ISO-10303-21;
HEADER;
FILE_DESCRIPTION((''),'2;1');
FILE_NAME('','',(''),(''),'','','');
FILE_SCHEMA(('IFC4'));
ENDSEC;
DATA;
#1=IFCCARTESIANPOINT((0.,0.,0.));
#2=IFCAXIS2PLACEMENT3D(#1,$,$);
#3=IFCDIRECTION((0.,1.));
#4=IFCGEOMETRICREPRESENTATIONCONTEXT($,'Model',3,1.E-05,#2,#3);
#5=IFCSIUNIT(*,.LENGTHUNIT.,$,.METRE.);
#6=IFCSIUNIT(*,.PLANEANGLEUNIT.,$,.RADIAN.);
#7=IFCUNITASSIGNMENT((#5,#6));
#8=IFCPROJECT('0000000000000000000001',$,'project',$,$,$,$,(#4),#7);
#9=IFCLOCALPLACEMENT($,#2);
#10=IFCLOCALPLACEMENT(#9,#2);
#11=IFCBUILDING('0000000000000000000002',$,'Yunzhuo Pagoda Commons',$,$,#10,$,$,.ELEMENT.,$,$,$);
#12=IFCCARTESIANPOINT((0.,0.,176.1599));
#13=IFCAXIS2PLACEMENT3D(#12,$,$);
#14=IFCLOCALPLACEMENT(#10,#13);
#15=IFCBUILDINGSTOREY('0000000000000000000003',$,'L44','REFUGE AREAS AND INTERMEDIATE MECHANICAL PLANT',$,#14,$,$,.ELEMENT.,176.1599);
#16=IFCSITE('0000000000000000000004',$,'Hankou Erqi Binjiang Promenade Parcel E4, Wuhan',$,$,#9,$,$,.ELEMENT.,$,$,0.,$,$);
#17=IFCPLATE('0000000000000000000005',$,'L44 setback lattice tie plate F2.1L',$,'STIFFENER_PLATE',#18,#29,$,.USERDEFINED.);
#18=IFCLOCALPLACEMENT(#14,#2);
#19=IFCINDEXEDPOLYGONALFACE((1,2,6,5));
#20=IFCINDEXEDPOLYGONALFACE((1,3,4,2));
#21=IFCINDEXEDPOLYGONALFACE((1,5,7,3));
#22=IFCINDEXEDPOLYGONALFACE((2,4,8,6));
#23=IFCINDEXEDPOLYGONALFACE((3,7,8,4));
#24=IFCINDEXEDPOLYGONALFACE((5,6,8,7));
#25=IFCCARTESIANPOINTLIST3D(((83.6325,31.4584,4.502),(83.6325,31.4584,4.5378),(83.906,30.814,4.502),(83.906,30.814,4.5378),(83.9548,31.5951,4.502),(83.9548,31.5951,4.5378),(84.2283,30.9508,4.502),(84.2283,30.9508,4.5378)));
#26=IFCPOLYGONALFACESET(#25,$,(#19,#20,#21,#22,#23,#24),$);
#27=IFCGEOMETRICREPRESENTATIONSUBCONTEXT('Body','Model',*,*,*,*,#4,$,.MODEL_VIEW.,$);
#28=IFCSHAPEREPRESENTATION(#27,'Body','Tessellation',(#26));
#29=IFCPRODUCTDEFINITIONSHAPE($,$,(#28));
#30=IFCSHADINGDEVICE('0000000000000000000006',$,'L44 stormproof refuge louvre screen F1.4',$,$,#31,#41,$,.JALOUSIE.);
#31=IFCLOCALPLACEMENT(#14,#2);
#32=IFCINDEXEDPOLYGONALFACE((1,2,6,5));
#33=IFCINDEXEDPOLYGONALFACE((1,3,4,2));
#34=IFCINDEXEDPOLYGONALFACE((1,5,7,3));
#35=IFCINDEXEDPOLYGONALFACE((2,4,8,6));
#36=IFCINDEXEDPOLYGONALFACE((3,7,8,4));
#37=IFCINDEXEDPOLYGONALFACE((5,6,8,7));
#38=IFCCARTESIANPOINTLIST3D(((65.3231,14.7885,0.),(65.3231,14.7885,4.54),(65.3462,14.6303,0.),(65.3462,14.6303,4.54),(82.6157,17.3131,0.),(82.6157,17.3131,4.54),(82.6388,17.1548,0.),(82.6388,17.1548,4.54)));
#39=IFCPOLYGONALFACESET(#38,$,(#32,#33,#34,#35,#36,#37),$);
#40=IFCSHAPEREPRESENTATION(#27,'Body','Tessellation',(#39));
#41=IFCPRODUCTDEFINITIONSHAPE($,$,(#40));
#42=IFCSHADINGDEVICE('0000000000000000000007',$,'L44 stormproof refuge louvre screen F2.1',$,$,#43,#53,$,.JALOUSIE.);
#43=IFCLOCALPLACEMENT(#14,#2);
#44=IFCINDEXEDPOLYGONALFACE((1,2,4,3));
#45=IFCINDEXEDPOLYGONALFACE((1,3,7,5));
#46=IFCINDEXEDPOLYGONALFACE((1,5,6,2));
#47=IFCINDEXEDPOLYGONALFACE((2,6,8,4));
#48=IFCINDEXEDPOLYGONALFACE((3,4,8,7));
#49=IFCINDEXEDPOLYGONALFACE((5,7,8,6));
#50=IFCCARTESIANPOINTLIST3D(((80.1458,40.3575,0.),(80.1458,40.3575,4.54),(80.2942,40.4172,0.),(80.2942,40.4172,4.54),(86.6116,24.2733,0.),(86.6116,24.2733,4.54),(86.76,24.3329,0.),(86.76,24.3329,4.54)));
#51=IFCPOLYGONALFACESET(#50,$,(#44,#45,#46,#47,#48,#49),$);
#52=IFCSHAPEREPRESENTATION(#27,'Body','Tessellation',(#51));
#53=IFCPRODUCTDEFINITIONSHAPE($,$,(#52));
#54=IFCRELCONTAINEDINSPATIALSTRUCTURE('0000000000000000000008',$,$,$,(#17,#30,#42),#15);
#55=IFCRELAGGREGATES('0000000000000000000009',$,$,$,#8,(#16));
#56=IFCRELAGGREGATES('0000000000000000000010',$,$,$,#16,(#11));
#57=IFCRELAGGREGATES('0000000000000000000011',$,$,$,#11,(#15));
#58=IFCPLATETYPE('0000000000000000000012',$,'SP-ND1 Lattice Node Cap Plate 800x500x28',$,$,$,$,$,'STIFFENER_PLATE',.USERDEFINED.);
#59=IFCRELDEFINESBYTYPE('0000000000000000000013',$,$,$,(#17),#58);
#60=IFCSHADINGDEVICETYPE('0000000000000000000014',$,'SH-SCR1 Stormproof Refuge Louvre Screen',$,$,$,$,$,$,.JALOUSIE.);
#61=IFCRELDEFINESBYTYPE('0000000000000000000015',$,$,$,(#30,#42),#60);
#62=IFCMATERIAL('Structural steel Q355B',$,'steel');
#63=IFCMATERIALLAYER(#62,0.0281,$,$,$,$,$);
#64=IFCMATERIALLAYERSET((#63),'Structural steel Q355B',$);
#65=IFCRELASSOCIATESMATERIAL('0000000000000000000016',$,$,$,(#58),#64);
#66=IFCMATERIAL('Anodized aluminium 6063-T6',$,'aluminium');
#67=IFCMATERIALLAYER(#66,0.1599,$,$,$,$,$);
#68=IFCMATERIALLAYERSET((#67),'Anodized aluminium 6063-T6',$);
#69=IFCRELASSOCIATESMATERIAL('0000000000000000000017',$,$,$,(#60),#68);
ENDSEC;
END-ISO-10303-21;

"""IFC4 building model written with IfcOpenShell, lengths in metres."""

from ifc_helpers import new_model, si_unit, direction, frame, origin, origin_2d, place, context, subcontext, project, spatial, rectangle, extrude, source, transform, mapped, material, layer, layer_set, type_object, element, save


model = new_model("IFC4")

# Units and contexts
model_context = context("Model", 3, precision=1e-05, world=origin(), true_north=direction((0.0, 1.0)))
body_context = subcontext(model_context, "Body", "Model", "MODEL_VIEW")
ifc_project = project(units=[si_unit("LENGTHUNIT", "METRE"), si_unit("PLANEANGLEUNIT", "RADIAN")], contexts=[model_context])

# Site, building, storey
site_placement = place(None, origin())
site = spatial("IfcSite", under=ifc_project, at=site_placement, Name="Hankou Erqi Binjiang Promenade Parcel E4, Wuhan", CompositionType="ELEMENT", RefElevation=0.0)
building_placement = place(site_placement, origin())
building = spatial("IfcBuilding", under=site, at=building_placement, Name="Yunzhuo Pagoda Commons", CompositionType="ELEMENT")
storey_placement = place(building_placement, frame((0.0, 0.0, 176.1599)))
storey = spatial("IfcBuildingStorey", under=building, at=storey_placement, Name="L44", Description="REFUGE AREAS AND INTERMEDIATE MECHANICAL PLANT", CompositionType="ELEMENT", Elevation=176.1599)

# Shared definitions
ifc_material_1 = material(Name="Structural steel Q355B", Category="steel")

# Plate
ifc_layer_1 = layer(ifc_material_1, 0.0281)
ifc_layer_set_1 = layer_set([ifc_layer_1], Name="Structural steel Q355B")
plate_type_1 = type_object("IfcPlateType", Name="SP-ND1 Lattice Node Cap Plate 800x500x28", ElementType="STIFFENER_PLATE", PredefinedType="USERDEFINED", material=ifc_layer_set_1)
shared_shape_1 = source(origin(), body_context, "Body", "SweptSolid", [
    extrude(rectangle(XDim=0.7, YDim=0.3501, at=origin_2d()), origin(), (0.0, 0.0, 1.0), 0.0359),
])
plate_1_placement = place(storey_placement, frame((83.9304, 31.2046, 4.502), z_axis=(0.0, 0.0, 1.0), x_axis=(-0.390699, 0.920518, 0.0)))
element("IfcPlate", 1, at=plate_1_placement, inside=storey, type_object=plate_type_1, Name="L44 setback lattice tie plate F2.1L", ObjectType="STIFFENER_PLATE", PredefinedType="USERDEFINED", context=body_context, shape_type="MappedRepresentation", body=[
    mapped(shared_shape_1, transform((0.0, 0.0, 0.0), scale=1.0)),
])

# Shading devices
ifc_material_2 = material(Name="Anodized aluminium 6063-T6", Category="aluminium")
ifc_layer_2 = layer(ifc_material_2, 0.1599)
ifc_layer_set_2 = layer_set([ifc_layer_2], Name="Anodized aluminium 6063-T6")
shading_device_type = type_object("IfcShadingDeviceType", Name="SH-SCR1 Stormproof Refuge Louvre Screen", PredefinedType="JALOUSIE", material=ifc_layer_set_2)
shared_shape_2 = source(origin(), body_context, "Body", "SweptSolid", [
    extrude(rectangle(XDim=17.4758, YDim=0.1599, at=origin_2d()), origin(), (0.0, 0.0, 1.0), 4.54),
])
shading_device_1_placement = place(storey_placement, frame((73.981, 15.9717, 0.0), z_axis=(0.0, 0.0, 1.0), x_axis=(0.989511, 0.14446, 0.0)))
element("IfcShadingDevice", 2, at=shading_device_1_placement, inside=storey, type_object=shading_device_type, Name="L44 stormproof refuge louvre screen F1.4", PredefinedType="JALOUSIE", context=body_context, shape_type="MappedRepresentation", body=[
    mapped(shared_shape_2, transform((0.0, 0.0, 0.0), scale=1.0)),
])
shared_shape_3 = source(origin(), body_context, "Body", "SweptSolid", [
    extrude(rectangle(XDim=17.3352, YDim=0.1599, at=origin_2d()), origin(), (0.0, 0.0, 1.0), 4.54),
])
shading_device_2_placement = place(storey_placement, frame((83.4529, 32.3452, 0.0), z_axis=(0.0, 0.0, 1.0), x_axis=(-0.372988, 0.927836, 0.0)))
element("IfcShadingDevice", 3, at=shading_device_2_placement, inside=storey, type_object=shading_device_type, Name="L44 stormproof refuge louvre screen F2.1", PredefinedType="JALOUSIE", context=body_context, shape_type="MappedRepresentation", body=[
    mapped(shared_shape_3, transform((0.0, 0.0, 0.0), scale=1.0)),
])

save(model, "model.ifc")
